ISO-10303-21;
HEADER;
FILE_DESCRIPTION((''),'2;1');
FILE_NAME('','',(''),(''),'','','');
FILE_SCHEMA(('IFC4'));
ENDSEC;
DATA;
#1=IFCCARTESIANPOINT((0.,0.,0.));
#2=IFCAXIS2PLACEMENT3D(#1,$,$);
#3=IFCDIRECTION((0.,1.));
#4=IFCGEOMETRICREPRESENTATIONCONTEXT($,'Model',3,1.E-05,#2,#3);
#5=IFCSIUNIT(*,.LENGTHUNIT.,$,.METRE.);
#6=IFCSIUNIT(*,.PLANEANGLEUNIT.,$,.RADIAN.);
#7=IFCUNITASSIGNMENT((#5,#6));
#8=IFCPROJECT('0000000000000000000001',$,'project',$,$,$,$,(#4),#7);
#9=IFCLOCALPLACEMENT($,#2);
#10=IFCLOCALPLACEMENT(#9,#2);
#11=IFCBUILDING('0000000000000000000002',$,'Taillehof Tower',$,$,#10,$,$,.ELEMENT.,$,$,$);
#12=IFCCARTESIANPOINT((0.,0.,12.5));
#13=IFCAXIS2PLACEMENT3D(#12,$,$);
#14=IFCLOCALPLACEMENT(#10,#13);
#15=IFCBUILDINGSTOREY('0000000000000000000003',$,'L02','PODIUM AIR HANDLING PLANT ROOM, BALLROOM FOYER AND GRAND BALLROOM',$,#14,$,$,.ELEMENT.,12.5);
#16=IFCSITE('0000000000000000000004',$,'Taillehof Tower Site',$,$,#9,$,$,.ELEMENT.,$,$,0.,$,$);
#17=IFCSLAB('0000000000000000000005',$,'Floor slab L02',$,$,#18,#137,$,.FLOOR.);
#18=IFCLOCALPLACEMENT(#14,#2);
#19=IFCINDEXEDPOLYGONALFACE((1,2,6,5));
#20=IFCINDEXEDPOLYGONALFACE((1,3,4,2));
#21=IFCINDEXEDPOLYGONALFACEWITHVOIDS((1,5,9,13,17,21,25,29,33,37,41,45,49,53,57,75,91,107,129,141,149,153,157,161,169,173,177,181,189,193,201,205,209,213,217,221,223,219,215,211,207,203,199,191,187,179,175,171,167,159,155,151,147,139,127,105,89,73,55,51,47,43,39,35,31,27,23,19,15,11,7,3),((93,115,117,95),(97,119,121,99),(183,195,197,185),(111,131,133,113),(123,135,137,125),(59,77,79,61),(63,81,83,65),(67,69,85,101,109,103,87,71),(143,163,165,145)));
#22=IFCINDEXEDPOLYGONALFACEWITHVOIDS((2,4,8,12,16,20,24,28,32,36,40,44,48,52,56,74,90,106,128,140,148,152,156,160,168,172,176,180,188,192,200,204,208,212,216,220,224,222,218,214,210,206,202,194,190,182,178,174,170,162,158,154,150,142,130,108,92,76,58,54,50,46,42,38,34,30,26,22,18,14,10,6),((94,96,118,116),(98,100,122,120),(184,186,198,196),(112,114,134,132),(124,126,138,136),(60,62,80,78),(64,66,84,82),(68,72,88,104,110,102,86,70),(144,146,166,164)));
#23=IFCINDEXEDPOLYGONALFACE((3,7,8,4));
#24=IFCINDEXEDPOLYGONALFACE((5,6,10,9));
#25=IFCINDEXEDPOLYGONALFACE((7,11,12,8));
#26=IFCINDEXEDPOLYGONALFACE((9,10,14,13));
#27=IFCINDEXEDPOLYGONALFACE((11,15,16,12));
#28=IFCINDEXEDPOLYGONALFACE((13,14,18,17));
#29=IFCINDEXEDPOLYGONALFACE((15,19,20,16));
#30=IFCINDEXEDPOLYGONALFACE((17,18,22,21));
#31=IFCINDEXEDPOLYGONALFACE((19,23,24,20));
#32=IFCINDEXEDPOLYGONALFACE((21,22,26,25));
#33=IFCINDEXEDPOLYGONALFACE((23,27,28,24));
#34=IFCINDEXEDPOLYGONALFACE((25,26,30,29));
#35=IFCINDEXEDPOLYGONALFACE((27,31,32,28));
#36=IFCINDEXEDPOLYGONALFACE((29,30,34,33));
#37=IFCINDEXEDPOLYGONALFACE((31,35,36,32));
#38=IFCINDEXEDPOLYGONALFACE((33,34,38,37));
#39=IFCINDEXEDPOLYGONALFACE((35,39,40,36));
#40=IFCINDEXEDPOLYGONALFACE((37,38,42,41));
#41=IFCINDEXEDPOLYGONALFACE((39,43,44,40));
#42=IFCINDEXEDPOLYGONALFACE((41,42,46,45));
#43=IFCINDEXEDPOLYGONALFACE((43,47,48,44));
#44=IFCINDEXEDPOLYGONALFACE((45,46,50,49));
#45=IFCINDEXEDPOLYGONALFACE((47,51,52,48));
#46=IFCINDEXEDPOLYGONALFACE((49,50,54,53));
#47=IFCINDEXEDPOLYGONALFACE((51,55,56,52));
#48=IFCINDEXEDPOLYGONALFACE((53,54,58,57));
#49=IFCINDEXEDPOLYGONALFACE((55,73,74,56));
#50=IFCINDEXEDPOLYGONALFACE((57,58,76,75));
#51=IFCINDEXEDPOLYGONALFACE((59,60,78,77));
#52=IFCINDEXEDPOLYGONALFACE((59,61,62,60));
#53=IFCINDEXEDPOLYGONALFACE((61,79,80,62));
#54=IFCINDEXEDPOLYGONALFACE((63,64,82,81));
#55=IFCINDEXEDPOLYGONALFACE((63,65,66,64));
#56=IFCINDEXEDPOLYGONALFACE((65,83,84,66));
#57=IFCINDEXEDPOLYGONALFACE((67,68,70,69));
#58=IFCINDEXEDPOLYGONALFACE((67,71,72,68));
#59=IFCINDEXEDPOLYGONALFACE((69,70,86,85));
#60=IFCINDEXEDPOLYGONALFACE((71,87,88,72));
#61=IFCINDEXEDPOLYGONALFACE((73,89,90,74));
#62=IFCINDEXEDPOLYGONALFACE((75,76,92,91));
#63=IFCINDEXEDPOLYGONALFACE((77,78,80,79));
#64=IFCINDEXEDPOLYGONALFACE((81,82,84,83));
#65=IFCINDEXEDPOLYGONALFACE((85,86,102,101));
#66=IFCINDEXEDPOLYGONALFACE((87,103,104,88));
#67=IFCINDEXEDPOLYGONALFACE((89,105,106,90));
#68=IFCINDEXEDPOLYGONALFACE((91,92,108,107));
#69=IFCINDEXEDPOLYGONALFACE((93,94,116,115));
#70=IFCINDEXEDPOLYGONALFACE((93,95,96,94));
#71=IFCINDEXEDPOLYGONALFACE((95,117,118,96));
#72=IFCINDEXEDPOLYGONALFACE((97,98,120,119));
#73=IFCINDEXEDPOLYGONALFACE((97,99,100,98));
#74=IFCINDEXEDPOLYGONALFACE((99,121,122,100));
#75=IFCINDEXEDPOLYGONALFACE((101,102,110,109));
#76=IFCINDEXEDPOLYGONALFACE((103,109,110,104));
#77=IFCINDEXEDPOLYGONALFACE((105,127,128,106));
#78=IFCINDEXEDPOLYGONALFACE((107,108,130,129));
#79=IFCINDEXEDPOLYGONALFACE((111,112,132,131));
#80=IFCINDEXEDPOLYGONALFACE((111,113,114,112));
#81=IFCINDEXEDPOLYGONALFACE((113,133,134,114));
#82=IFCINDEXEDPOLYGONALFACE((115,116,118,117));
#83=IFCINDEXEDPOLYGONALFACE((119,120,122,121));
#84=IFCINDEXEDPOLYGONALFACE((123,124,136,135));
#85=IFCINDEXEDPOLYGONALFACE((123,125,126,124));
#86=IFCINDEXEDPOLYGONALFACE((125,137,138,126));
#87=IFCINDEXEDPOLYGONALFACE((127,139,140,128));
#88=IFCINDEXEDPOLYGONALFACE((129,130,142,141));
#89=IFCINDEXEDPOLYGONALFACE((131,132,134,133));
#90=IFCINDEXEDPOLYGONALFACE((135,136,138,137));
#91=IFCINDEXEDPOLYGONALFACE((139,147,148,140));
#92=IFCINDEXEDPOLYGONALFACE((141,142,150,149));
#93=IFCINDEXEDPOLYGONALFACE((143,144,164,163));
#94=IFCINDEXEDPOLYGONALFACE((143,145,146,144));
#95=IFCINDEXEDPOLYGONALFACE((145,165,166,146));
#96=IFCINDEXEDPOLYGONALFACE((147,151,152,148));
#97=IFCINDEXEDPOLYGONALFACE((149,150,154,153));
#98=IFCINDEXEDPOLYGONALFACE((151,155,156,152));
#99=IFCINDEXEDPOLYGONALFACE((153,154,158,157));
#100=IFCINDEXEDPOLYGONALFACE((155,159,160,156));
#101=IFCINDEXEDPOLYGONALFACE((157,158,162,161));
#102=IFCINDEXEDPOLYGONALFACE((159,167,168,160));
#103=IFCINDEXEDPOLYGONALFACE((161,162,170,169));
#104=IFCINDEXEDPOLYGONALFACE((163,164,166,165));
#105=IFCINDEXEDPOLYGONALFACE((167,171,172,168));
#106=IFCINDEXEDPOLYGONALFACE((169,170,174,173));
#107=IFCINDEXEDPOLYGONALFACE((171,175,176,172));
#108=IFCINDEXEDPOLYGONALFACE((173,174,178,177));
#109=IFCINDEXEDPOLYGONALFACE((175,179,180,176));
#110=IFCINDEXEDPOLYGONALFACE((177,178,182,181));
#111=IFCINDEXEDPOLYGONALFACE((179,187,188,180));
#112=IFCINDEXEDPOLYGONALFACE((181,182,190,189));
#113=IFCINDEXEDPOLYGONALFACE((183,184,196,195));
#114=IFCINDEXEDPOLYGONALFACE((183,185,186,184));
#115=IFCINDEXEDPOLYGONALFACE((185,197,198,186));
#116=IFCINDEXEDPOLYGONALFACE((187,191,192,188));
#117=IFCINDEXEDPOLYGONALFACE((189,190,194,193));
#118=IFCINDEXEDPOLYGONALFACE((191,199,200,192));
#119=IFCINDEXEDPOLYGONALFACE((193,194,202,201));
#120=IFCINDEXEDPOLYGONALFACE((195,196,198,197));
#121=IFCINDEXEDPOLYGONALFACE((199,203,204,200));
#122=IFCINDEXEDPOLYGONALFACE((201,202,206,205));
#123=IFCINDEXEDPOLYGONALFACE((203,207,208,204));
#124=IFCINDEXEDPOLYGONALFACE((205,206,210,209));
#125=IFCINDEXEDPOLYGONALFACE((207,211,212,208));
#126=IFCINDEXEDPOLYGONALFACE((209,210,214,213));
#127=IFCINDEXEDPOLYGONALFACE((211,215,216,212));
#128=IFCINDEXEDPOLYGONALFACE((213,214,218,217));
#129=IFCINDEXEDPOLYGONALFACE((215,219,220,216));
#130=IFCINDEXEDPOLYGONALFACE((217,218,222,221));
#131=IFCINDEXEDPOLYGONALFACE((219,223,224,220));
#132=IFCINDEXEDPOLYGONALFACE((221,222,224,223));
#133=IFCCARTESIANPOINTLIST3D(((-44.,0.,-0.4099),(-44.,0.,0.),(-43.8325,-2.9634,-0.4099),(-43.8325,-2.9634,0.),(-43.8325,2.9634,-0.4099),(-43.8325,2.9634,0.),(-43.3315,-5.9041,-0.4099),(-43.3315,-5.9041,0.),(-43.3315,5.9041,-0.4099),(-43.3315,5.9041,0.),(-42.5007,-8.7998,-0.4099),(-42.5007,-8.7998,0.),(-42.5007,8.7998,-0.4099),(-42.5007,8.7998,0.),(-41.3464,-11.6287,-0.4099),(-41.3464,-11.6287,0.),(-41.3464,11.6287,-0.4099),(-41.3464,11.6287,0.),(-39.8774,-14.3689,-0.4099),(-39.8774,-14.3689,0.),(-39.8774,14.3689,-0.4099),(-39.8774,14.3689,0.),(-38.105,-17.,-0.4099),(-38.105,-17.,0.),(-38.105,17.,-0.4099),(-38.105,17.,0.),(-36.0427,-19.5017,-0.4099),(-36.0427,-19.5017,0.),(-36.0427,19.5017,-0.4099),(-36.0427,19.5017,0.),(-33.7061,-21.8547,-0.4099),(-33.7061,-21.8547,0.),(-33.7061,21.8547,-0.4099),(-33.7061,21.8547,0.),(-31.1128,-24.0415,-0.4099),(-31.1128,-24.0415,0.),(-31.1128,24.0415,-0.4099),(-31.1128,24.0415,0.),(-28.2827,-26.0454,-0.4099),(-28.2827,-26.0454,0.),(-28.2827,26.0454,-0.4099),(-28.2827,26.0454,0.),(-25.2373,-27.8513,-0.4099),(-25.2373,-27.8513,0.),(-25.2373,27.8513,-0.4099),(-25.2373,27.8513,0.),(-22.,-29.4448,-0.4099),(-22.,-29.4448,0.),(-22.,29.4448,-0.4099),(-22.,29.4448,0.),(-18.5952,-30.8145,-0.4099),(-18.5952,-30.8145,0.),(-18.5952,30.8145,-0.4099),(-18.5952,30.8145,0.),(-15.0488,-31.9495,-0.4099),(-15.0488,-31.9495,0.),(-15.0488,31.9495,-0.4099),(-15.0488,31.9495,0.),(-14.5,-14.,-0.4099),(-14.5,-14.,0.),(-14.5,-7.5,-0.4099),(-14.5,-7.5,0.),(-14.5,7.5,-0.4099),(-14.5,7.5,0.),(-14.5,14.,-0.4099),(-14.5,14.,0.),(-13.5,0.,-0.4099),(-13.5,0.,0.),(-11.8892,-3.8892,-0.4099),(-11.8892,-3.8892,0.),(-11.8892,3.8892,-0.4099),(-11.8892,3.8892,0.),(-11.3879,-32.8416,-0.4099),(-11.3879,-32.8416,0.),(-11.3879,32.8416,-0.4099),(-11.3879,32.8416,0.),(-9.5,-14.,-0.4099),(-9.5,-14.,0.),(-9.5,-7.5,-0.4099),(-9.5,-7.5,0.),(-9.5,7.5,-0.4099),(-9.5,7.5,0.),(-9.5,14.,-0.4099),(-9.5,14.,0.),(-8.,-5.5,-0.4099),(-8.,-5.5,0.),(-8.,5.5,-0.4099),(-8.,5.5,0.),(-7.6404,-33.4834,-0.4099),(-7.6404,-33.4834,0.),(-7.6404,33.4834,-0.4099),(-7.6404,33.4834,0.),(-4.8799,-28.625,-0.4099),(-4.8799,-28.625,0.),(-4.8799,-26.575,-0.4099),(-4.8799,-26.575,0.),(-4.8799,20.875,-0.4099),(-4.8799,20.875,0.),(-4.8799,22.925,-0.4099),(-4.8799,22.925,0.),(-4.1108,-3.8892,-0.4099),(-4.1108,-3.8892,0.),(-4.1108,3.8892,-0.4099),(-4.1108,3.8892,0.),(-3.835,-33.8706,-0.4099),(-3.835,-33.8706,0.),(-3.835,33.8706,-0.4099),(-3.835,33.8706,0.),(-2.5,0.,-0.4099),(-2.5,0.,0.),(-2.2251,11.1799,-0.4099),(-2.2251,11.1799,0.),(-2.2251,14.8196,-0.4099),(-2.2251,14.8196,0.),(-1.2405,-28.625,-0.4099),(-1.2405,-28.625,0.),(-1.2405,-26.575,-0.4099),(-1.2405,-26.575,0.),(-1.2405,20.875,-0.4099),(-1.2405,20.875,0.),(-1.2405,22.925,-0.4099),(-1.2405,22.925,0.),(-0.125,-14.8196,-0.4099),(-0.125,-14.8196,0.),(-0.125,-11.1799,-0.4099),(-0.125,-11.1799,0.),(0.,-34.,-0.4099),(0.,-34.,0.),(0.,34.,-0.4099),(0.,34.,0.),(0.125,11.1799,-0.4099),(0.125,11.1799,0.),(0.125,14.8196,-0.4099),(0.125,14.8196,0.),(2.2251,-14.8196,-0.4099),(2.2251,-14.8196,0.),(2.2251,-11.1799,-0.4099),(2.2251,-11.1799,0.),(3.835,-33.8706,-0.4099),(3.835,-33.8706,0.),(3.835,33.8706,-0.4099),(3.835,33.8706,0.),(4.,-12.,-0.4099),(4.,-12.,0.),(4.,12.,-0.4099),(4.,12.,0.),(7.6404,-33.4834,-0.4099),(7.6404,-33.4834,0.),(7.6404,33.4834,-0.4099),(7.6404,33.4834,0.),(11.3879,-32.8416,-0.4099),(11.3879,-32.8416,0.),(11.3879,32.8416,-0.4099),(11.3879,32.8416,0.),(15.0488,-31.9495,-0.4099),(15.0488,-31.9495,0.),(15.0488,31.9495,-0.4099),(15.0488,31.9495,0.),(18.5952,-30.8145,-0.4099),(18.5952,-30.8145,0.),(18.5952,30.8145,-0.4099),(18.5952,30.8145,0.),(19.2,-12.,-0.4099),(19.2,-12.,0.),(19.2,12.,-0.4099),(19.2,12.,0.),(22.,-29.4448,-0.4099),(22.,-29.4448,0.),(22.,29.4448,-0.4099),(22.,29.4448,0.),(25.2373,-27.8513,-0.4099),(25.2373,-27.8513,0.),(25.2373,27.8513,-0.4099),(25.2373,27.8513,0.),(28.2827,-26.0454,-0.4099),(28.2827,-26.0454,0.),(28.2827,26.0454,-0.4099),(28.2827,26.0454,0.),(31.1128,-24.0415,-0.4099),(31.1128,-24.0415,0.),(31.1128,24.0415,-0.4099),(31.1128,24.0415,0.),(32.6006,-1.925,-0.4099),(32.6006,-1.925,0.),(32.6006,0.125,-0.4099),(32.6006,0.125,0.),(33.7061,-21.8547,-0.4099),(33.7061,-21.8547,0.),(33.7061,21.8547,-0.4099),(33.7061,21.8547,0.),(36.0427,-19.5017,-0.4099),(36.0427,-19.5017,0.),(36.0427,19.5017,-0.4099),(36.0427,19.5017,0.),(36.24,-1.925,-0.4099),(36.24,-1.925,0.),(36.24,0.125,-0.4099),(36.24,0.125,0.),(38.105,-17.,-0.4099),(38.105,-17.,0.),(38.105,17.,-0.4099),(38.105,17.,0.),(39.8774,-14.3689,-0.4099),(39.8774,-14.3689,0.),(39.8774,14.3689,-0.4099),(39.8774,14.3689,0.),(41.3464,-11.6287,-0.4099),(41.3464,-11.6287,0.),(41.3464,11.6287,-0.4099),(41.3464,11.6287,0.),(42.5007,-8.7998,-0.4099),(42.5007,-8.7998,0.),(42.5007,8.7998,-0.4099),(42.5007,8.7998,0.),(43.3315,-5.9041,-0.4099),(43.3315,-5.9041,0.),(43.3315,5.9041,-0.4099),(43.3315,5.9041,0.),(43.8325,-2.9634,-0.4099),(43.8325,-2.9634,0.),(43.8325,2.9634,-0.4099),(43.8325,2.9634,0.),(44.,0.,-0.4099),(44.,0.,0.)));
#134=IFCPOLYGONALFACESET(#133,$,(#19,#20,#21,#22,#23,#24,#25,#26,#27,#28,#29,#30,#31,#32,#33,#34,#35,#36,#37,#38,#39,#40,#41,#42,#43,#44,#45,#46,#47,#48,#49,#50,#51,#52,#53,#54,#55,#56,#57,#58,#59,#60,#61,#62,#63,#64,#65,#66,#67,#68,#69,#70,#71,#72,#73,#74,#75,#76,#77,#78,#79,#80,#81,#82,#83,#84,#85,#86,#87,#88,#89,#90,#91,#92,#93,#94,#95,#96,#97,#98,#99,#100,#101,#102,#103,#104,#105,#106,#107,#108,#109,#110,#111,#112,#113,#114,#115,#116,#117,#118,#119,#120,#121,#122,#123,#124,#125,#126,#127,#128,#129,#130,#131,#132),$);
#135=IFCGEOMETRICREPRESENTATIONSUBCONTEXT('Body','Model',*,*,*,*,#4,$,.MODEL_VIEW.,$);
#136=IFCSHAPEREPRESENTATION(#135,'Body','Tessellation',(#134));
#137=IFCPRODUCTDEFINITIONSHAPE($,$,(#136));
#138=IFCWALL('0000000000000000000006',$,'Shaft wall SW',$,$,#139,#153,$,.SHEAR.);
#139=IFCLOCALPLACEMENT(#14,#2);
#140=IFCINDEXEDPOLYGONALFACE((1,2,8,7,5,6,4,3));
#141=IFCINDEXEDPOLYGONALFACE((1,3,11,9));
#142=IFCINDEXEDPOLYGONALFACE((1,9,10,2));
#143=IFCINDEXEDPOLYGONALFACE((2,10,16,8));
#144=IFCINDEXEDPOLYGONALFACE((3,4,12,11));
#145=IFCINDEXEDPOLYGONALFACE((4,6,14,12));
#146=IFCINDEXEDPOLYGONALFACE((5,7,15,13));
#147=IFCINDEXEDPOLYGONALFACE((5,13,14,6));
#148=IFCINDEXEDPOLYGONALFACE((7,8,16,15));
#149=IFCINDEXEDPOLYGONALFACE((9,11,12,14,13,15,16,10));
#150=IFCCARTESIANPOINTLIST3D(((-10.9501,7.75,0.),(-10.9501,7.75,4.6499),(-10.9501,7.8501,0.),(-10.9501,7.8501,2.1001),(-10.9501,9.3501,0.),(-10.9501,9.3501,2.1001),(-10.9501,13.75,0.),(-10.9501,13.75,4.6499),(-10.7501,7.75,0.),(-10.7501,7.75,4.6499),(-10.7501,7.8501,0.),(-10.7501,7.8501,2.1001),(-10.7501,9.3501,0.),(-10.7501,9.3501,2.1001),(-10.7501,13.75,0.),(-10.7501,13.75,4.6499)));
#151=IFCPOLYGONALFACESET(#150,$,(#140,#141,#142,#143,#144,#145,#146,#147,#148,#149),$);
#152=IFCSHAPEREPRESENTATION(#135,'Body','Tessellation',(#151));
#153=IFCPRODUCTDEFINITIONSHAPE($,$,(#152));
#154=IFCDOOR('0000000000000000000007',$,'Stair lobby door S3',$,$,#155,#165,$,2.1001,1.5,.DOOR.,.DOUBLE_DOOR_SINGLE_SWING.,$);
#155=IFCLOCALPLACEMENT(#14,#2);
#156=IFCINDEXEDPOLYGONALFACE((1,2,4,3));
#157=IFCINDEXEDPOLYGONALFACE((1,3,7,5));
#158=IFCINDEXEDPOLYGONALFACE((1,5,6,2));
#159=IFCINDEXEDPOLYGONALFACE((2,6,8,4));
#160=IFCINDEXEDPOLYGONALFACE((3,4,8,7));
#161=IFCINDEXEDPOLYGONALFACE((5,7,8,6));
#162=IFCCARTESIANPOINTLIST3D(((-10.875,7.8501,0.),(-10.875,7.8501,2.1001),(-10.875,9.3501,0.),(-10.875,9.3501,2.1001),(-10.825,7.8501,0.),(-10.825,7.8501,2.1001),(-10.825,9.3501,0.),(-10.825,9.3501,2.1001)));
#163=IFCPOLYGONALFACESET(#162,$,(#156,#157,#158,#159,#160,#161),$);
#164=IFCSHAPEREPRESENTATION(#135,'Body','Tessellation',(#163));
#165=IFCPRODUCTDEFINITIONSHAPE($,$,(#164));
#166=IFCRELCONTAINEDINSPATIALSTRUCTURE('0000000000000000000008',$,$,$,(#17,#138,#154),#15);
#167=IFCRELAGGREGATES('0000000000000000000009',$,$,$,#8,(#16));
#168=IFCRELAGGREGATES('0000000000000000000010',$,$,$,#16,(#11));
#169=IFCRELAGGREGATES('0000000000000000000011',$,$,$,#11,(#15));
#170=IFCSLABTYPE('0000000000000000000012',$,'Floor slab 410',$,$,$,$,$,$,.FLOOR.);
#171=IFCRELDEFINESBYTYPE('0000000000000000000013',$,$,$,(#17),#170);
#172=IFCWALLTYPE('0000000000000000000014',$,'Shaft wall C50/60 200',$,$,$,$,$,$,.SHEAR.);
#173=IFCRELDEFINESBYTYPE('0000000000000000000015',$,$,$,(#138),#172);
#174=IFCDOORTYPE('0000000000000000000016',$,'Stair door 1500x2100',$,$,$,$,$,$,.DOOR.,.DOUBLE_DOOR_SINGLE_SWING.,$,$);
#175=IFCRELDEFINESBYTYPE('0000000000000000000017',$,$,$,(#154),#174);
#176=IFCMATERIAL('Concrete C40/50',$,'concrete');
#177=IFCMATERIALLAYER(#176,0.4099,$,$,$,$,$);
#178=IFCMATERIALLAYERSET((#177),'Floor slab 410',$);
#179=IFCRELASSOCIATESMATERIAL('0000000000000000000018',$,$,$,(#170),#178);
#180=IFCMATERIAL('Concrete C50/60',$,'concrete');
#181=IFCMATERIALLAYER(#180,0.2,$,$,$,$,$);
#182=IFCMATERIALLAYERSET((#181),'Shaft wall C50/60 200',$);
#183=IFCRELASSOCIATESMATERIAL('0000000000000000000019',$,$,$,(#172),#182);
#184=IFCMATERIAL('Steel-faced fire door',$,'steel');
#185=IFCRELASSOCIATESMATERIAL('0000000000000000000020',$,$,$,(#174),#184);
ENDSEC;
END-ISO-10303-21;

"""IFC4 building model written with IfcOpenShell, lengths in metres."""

from ifc_helpers import new_model, si_unit, direction, frame, frame_2d, origin, place, context, subcontext, project, spatial, polyline, rectangle, outline, extrude, material, layer, layer_set, type_object, element, fill, save


model = new_model("IFC4")

# Units and contexts
model_context = context("Model", 3, precision=1e-05, world=origin(), true_north=direction((0.0, 1.0)))
body_context = subcontext(model_context, "Body", "Model", "MODEL_VIEW")
ifc_project = project(units=[si_unit("LENGTHUNIT", "METRE"), si_unit("PLANEANGLEUNIT", "RADIAN")], contexts=[model_context])

# Site, building, storey
site_placement = place(None, origin())
site = spatial("IfcSite", under=ifc_project, at=site_placement, Name="Taillehof Tower Site", CompositionType="ELEMENT", RefElevation=0.0)
building_placement = place(site_placement, origin())
building = spatial("IfcBuilding", under=site, at=building_placement, Name="Taillehof Tower", CompositionType="ELEMENT")
storey_placement = place(building_placement, frame((0.0, 0.0, 12.5)))
storey = spatial("IfcBuildingStorey", under=building, at=storey_placement, Name="L02", Description="PODIUM AIR HANDLING PLANT ROOM, BALLROOM FOYER AND GRAND BALLROOM", CompositionType="ELEMENT", Elevation=12.5)

# Slab
ifc_material_1 = material(Name="Concrete C40/50", Category="concrete")
ifc_layer_1 = layer(ifc_material_1, 0.4099)
ifc_layer_set_1 = layer_set([ifc_layer_1], Name="Floor slab 410")
slab_type = type_object("IfcSlabType", Name="Floor slab 410", PredefinedType="FLOOR", material=ifc_layer_set_1)
slab_placement = place(storey_placement, frame((0.0, 0.0, -0.4099)))
element("IfcSlab", 1, at=slab_placement, inside=storey, type_object=slab_type, Name="Floor slab L02", PredefinedType="FLOOR", context=body_context, shape_type="SweptSolid", body=[
    extrude(outline(polyline([(44.0, 0.0), (43.8325, 2.9634), (43.3315, 5.9041), (42.5007, 8.7998), (41.3464, 11.6287), (39.8774, 14.3689), (38.105, 17.0), (36.0427, 19.5017), (33.7061, 21.8547), (31.1128, 24.0415), (28.2827, 26.0454), (25.2373, 27.8513), (22.0, 29.4448), (18.5952, 30.8145), (15.0488, 31.9495), (11.3879, 32.8416), (7.6404, 33.4834), (3.835, 33.8706), (0.0, 34.0), (-3.835, 33.8706), (-7.6404, 33.4834), (-11.3879, 32.8416), (-15.0488, 31.9495), (-18.5952, 30.8145), (-22.0, 29.4448), (-25.2373, 27.8513), (-28.2827, 26.0454), (-31.1128, 24.0415), (-33.7061, 21.8547), (-36.0427, 19.5017), (-38.105, 17.0), (-39.8774, 14.3689), (-41.3464, 11.6287), (-42.5007, 8.7998), (-43.3315, 5.9041), (-43.8325, 2.9634), (-44.0, 0.0), (-43.8325, -2.9634), (-43.3315, -5.9041), (-42.5007, -8.7998), (-41.3464, -11.6287), (-39.8774, -14.3689), (-38.105, -17.0), (-36.0427, -19.5017), (-33.7061, -21.8547), (-31.1128, -24.0415), (-28.2827, -26.0454), (-25.2373, -27.8513), (-22.0, -29.4448), (-18.5952, -30.8145), (-15.0488, -31.9495), (-11.3879, -32.8416), (-7.6404, -33.4834), (-3.835, -33.8706), (0.0, -34.0), (3.835, -33.8706), (7.6404, -33.4834), (11.3879, -32.8416), (15.0488, -31.9495), (18.5952, -30.8145), (22.0, -29.4448), (25.2373, -27.8513), (28.2827, -26.0454), (31.1128, -24.0415), (33.7061, -21.8547), (36.0427, -19.5017), (38.105, -17.0), (39.8774, -14.3689), (41.3464, -11.6287), (42.5007, -8.7998), (43.3315, -5.9041), (43.8325, -2.9634), (44.0, 0.0)]), holes=[polyline([(-1.2405, -26.575), (-1.2405, -28.625), (-4.8799, -28.625), (-4.8799, -26.575), (-1.2405, -26.575)]), polyline([(2.2251, -14.8196), (-0.125, -14.8196), (-0.125, -11.1799), (2.2251, -11.1799), (2.2251, -14.8196)]), polyline([(-9.5, -7.5), (-9.5, -14.0), (-14.5, -14.0), (-14.5, -7.5), (-9.5, -7.5)]), polyline([(32.6006, -1.925), (32.6006, 0.125), (36.24, 0.125), (36.24, -1.925), (32.6006, -1.925)]), polyline([(-11.8892, -3.8892), (-13.5, 0.0), (-11.8892, 3.8892), (-8.0, 5.5), (-4.1108, 3.8892), (-2.5, 0.0), (-4.1108, -3.8892), (-8.0, -5.5), (-11.8892, -3.8892)]), polyline([(19.2, -12.0), (4.0, -12.0), (4.0, 12.0), (19.2, 12.0), (19.2, -12.0)]), polyline([(-9.5, 14.0), (-9.5, 7.5), (-14.5, 7.5), (-14.5, 14.0), (-9.5, 14.0)]), polyline([(0.125, 14.8196), (0.125, 11.1799), (-2.2251, 11.1799), (-2.2251, 14.8196), (0.125, 14.8196)]), polyline([(-1.2405, 20.875), (-4.8799, 20.875), (-4.8799, 22.925), (-1.2405, 22.925), (-1.2405, 20.875)])]), origin(), (0.0, 0.0, 1.0), 0.4099),
])

# Wall, opening, door
ifc_material_2 = material(Name="Concrete C50/60", Category="concrete")
ifc_layer_2 = layer(ifc_material_2, 0.2)
ifc_layer_set_2 = layer_set([ifc_layer_2], Name="Shaft wall C50/60 200")
wall_type_1 = type_object("IfcWallType", Name="Shaft wall C50/60 200", PredefinedType="SHEAR", material=ifc_layer_set_2)
wall_1_placement = place(storey_placement, frame((-10.8501, 7.75, 0.0), z_axis=(0.0, 0.0, 1.0), x_axis=(0.0, 1.0, 0.0)))
wall_1 = element("IfcWall", 2, at=wall_1_placement, inside=storey, type_object=wall_type_1, Name="Shaft wall SW", PredefinedType="SHEAR", context=body_context, shape_type="SweptSolid", body=[
    extrude(rectangle(XDim=6.0, YDim=0.2, at=frame_2d((3.0, 0.0))), origin(), (0.0, 0.0, 1.0), 4.6499),
])
opening_1_placement = place(wall_1_placement, frame((0.1001, 0.0, 0.0)))
opening_1 = element("IfcOpeningElement", 3, at=opening_1_placement, cuts=wall_1, PredefinedType="OPENING", context=body_context, shape_type="SweptSolid", body=[
    extrude(rectangle(XDim=1.5, YDim=2.1001, at=frame_2d((0.75, 1.05))), frame((0.0, 0.1099, 0.0), z_axis=(0.0, -1.0, 0.0), x_axis=(1.0, 0.0, 0.0)), (0.0, 0.0, 1.0), 0.22),
])
ifc_material_3 = material(Name="Steel-faced fire door", Category="steel")
door_type = type_object("IfcDoorType", Name="Stair door 1500x2100", OperationType="DOUBLE_DOOR_SINGLE_SWING", PredefinedType="DOOR", material=ifc_material_3)
door_1_placement = place(opening_1_placement, origin())
door_1 = element("IfcDoor", 4, at=door_1_placement, inside=storey, type_object=door_type, Name="Stair lobby door S3", OperationType="DOUBLE_DOOR_SINGLE_SWING", OverallHeight=2.1001, OverallWidth=1.5, PredefinedType="DOOR", context=body_context, shape_type="SweptSolid", body=[
    extrude(rectangle(XDim=1.5, YDim=2.1001, at=frame_2d((0.75, 1.05))), frame((0.0, 0.0249, 0.0), z_axis=(0.0, -1.0, 0.0), x_axis=(1.0, 0.0, 0.0)), (0.0, 0.0, 1.0), 0.05),
])
fill(opening_1, door_1)

save(model, "model.ifc")
